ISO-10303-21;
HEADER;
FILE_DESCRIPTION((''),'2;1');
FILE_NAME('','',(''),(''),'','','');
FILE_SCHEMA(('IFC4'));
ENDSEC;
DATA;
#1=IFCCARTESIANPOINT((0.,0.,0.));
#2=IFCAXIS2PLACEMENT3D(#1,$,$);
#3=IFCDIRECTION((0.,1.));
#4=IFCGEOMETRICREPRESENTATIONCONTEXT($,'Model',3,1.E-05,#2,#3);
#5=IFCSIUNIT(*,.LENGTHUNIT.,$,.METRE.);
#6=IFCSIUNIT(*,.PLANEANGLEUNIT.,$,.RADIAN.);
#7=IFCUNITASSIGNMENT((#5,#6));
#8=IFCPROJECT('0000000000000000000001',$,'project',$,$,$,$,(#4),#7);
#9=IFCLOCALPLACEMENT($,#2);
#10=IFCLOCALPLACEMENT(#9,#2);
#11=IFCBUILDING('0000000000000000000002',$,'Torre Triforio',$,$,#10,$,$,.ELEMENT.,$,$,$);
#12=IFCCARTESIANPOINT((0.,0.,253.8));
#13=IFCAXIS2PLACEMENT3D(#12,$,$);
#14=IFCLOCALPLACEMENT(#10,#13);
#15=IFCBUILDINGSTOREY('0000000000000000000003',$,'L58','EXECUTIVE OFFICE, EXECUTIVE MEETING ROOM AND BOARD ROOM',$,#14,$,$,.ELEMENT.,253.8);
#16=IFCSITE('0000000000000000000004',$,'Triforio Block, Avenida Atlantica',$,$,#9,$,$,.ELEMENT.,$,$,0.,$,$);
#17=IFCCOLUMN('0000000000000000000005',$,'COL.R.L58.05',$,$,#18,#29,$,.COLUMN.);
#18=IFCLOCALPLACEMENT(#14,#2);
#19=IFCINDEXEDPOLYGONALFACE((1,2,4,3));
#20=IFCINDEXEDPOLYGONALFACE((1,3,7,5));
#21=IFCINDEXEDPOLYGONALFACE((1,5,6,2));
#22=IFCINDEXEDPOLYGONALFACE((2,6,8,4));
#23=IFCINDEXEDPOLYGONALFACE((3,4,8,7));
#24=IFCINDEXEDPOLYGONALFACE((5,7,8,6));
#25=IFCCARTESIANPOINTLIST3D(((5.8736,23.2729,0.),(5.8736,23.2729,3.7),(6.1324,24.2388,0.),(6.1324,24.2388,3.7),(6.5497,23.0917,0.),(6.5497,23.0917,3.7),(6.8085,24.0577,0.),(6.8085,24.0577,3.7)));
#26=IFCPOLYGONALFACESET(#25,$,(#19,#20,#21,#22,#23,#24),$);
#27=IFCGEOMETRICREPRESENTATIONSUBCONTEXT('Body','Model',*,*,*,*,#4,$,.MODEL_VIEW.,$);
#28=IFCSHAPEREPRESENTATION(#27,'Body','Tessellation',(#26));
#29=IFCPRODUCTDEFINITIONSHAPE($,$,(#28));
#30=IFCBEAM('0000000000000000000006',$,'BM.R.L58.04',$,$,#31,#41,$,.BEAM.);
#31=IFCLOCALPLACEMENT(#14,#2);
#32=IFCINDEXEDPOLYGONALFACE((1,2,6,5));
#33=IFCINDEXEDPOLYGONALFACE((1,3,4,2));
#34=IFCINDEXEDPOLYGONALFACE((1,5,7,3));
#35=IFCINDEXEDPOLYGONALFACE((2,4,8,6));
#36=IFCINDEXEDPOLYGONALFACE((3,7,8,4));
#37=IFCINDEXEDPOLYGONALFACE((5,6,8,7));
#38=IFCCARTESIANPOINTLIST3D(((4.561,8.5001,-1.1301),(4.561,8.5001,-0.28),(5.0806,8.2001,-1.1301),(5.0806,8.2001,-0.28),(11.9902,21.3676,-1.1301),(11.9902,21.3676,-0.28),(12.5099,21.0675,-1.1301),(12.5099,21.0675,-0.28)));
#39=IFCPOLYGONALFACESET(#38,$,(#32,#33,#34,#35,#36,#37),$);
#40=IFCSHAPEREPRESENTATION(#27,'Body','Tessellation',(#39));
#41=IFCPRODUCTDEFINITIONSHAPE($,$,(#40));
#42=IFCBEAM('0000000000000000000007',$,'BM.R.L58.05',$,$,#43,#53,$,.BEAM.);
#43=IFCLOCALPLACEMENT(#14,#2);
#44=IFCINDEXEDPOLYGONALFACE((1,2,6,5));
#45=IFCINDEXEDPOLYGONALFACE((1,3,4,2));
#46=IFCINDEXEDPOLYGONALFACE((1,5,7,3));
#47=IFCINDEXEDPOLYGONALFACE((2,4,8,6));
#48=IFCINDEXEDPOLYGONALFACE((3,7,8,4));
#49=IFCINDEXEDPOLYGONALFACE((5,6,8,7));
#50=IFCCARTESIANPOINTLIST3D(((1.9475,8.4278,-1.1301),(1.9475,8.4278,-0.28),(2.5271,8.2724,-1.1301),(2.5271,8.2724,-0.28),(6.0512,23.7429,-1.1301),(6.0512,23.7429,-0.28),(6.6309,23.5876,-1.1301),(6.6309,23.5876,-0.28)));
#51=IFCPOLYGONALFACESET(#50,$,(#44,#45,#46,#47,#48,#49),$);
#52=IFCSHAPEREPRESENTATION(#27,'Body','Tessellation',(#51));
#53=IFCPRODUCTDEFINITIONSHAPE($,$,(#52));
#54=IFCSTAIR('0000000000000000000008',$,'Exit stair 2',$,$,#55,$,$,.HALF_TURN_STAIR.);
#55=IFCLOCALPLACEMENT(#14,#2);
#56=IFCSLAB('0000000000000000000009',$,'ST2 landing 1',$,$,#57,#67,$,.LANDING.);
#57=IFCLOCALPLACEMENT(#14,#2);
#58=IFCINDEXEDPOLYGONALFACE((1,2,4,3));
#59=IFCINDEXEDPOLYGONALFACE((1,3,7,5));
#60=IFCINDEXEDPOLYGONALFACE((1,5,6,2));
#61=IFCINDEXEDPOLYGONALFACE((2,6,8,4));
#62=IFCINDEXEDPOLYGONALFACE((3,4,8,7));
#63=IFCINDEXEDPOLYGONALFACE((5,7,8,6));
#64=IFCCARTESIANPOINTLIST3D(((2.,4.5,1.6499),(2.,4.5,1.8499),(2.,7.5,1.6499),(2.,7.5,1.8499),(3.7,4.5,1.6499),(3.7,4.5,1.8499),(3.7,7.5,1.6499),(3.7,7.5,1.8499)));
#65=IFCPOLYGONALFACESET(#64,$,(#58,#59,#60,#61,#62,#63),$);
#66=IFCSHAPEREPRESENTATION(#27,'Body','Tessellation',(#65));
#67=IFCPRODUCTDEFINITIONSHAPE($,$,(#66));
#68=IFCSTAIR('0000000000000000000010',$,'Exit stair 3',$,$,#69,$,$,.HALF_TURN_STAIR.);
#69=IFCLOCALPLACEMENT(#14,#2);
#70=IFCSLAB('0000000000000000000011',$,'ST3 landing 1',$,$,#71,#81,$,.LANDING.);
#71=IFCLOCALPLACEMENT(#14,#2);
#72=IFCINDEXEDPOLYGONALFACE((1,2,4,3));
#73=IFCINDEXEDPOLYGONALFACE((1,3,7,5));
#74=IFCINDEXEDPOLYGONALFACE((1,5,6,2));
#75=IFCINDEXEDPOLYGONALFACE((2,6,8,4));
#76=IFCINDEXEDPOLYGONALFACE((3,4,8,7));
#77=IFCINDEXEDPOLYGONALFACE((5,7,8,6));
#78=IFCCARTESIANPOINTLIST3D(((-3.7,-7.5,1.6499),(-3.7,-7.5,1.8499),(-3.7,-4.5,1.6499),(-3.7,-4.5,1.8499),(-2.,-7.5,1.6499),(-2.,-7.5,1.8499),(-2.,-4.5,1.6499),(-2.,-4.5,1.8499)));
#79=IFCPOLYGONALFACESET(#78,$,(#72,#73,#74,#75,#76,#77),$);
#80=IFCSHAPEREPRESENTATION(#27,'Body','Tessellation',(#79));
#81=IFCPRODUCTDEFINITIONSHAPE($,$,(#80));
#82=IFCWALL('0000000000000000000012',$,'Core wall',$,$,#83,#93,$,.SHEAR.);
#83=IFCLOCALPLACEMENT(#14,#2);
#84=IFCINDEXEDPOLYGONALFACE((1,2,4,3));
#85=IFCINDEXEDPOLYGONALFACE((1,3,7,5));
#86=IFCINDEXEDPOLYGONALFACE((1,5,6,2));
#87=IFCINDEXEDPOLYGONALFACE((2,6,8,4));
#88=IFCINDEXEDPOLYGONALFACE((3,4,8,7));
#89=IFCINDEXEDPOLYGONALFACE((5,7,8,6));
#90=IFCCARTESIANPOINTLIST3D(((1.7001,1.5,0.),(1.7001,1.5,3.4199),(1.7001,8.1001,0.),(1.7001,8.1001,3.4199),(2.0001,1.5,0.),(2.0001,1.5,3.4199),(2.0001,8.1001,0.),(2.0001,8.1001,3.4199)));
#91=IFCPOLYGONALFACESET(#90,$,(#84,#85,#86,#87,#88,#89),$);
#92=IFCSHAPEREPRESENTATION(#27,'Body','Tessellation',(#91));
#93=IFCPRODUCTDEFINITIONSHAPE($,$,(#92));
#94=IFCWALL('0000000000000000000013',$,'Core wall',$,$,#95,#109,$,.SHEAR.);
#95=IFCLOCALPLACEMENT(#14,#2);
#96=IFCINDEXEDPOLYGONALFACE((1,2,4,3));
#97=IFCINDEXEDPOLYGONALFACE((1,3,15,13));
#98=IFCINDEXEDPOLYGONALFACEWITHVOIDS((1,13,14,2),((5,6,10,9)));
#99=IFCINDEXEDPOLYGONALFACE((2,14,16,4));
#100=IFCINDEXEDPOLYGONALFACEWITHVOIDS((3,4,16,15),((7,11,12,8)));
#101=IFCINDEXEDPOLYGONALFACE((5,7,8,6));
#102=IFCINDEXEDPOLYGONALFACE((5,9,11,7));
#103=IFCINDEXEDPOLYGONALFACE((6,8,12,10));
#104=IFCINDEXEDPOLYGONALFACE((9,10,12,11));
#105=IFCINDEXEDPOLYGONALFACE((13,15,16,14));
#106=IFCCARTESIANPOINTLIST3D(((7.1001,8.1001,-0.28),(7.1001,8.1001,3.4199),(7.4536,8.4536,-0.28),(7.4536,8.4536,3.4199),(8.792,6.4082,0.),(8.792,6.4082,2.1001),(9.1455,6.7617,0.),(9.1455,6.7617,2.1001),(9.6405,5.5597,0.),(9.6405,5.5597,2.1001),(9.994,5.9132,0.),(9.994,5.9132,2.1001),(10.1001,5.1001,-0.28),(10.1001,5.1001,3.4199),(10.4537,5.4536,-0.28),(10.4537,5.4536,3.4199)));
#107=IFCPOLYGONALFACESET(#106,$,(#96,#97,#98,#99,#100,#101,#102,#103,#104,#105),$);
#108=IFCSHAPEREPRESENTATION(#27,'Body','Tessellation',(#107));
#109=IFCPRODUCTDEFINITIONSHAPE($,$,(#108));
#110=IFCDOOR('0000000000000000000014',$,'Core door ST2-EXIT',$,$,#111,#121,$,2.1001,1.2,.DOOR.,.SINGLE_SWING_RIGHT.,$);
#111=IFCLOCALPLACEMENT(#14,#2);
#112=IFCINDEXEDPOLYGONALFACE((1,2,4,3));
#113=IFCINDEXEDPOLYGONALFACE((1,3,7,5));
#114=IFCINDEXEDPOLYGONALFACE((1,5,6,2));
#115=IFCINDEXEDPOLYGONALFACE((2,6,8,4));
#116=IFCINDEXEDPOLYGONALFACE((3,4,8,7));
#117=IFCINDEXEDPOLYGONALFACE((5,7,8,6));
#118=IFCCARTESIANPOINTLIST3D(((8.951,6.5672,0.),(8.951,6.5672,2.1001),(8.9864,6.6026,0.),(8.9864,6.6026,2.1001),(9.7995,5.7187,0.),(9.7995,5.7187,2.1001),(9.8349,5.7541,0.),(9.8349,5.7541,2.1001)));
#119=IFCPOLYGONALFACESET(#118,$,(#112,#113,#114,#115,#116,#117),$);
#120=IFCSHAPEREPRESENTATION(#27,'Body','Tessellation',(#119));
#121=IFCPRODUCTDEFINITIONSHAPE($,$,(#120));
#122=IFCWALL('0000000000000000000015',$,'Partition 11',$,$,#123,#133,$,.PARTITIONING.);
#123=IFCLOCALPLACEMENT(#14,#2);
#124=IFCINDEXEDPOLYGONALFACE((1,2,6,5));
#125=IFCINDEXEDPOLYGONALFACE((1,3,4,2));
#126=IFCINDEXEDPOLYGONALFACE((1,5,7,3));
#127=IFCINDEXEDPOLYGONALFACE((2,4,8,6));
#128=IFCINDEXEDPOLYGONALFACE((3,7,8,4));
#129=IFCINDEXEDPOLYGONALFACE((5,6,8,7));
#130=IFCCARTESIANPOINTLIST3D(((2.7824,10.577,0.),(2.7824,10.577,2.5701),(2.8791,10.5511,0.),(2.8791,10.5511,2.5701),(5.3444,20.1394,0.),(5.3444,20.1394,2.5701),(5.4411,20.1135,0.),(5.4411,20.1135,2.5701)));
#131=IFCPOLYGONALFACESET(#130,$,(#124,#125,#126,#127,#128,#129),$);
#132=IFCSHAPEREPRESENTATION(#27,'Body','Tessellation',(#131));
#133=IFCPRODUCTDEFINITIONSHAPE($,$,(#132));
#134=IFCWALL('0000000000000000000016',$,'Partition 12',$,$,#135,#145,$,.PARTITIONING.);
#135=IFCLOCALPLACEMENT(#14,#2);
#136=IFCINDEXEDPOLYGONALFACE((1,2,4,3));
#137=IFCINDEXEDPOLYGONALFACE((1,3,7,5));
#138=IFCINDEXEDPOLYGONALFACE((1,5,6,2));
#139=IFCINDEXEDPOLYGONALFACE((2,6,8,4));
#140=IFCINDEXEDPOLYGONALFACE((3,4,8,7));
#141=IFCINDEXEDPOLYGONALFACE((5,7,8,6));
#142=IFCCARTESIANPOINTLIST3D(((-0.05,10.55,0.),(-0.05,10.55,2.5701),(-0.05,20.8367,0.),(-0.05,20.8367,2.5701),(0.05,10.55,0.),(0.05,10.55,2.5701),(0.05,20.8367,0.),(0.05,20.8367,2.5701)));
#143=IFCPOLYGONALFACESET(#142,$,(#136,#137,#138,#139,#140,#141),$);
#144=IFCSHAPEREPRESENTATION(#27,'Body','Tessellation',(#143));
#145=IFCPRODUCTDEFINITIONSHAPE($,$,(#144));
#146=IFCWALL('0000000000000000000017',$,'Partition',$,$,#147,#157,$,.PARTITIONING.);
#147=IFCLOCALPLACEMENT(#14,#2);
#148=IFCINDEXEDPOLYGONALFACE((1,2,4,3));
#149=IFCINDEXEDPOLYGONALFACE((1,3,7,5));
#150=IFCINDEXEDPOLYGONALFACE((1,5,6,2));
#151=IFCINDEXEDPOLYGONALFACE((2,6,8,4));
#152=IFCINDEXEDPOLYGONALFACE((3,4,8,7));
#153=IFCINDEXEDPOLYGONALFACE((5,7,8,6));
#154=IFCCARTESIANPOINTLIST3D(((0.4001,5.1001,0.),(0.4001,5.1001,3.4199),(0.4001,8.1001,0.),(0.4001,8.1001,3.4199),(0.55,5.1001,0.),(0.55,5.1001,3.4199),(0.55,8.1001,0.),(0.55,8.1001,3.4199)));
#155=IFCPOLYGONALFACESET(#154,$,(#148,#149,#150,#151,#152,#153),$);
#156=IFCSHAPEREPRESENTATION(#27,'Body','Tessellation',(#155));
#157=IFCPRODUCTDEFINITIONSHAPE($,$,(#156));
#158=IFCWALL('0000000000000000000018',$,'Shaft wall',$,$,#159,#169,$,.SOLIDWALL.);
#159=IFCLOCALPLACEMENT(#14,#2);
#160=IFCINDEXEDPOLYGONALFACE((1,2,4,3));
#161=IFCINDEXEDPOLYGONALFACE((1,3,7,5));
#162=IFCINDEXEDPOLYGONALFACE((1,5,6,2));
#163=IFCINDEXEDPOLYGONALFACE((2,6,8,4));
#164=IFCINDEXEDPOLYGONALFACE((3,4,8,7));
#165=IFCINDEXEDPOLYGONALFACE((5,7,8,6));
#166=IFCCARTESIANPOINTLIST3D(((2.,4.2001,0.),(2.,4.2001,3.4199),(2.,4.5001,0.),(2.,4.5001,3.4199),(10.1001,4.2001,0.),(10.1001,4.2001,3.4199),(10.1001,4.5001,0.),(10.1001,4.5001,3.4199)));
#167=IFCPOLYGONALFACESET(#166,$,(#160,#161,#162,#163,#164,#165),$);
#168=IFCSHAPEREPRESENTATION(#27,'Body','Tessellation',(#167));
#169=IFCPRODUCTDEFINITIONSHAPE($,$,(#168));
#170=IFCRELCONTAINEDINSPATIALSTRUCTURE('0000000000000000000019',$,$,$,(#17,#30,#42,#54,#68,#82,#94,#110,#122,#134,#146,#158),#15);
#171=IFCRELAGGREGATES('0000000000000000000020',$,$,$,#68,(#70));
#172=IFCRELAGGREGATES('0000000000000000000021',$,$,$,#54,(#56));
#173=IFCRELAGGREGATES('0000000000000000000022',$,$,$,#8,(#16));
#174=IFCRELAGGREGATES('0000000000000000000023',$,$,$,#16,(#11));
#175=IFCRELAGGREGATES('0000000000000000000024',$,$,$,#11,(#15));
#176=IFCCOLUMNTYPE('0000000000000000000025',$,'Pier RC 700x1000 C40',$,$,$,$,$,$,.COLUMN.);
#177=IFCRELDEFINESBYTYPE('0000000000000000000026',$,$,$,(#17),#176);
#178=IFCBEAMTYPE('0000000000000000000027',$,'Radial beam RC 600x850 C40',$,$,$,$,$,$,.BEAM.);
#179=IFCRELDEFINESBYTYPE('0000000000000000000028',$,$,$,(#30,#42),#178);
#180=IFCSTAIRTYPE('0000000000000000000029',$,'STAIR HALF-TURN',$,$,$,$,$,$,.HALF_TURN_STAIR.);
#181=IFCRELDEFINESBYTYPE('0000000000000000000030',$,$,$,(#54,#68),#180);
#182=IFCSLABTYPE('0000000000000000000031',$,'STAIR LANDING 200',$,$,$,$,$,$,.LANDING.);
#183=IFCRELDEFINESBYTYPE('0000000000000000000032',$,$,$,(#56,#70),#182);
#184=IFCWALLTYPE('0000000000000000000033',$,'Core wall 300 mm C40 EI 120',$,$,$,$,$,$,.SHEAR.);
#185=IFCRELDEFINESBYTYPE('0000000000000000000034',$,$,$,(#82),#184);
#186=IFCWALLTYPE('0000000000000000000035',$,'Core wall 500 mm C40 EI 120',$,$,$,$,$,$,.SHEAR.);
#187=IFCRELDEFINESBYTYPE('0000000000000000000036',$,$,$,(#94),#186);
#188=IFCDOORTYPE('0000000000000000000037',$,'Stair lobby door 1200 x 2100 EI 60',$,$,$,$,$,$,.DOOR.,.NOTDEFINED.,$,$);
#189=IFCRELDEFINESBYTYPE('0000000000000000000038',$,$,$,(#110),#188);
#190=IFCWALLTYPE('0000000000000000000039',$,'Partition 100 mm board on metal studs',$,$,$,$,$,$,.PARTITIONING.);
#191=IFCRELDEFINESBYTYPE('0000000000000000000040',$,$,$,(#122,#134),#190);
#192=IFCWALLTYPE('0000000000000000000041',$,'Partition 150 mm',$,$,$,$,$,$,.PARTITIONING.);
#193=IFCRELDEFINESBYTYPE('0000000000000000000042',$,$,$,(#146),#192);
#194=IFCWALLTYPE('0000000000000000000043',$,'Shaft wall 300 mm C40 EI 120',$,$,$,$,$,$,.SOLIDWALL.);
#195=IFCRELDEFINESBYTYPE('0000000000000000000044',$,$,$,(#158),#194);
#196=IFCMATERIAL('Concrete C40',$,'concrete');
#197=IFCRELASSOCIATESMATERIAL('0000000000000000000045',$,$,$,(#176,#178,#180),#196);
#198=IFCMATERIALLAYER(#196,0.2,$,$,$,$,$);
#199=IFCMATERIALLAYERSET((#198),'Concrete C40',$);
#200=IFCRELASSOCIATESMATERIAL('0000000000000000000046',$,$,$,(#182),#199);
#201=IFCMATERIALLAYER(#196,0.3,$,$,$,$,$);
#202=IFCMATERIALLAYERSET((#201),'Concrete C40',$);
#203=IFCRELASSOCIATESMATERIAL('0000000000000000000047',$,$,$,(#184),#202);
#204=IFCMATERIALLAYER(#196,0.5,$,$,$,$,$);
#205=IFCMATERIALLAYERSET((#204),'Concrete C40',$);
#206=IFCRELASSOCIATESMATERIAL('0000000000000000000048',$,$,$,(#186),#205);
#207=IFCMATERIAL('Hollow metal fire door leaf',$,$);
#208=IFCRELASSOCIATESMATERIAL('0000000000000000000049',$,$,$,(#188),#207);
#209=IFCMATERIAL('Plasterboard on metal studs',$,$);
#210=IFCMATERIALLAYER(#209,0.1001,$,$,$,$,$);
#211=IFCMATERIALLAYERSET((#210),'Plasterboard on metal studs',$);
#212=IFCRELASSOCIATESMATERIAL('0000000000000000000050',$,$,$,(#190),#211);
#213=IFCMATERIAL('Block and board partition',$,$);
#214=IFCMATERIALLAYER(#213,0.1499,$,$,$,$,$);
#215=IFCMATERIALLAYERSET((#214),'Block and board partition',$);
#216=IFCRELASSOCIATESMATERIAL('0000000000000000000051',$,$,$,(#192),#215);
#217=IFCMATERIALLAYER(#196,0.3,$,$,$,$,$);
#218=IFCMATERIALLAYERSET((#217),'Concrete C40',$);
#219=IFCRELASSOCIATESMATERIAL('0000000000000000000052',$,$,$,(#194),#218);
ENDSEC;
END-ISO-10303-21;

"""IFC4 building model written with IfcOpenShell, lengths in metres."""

from ifc_helpers import new_model, si_unit, direction, frame, frame_2d, origin, origin_2d, place, context, subcontext, project, spatial, polyline, rectangle, outline, extrude, material, layer, layer_set, material_profile, profile_set, type_object, element, fill, aggregate, save


model = new_model("IFC4")

# Units and contexts
model_context = context("Model", 3, precision=1e-05, world=origin(), true_north=direction((0.0, 1.0)))
body_context = subcontext(model_context, "Body", "Model", "MODEL_VIEW")
ifc_project = project(units=[si_unit("LENGTHUNIT", "METRE"), si_unit("PLANEANGLEUNIT", "RADIAN")], contexts=[model_context])

# Site, building, storey
site_placement = place(None, origin())
site = spatial("IfcSite", under=ifc_project, at=site_placement, Name="Triforio Block, Avenida Atlantica", CompositionType="ELEMENT", RefElevation=0.0)
building_placement = place(site_placement, origin())
building = spatial("IfcBuilding", under=site, at=building_placement, Name="Torre Triforio", CompositionType="ELEMENT")
storey_placement = place(building_placement, frame((0.0, 0.0, 253.8)))
storey = spatial("IfcBuildingStorey", under=building, at=storey_placement, Name="L58", Description="EXECUTIVE OFFICE, EXECUTIVE MEETING ROOM AND BOARD ROOM", CompositionType="ELEMENT", Elevation=253.8)

# Column
ifc_material_1 = material(Name="Concrete C40", Category="concrete")
ifc_material_profile_1 = material_profile(ifc_material_1, rectangle(XDim=0.7, YDim=1.0, at=origin_2d()), Name="RC 700x1000")
ifc_profile_set_1 = profile_set([ifc_material_profile_1], Name="Concrete C40")
column_type = type_object("IfcColumnType", Name="Pier RC 700x1000 C40", PredefinedType="COLUMN", material=ifc_profile_set_1)
column_placement = place(storey_placement, frame((6.3411, 23.6653, 0.0), z_axis=(0.0, 0.0, 1.0), x_axis=(-0.965926, 0.258819, 0.0)))
element("IfcColumn", 1, at=column_placement, inside=storey, type_object=column_type, Name="COL.R.L58.05", PredefinedType="COLUMN", context=body_context, shape_type="SweptSolid", body=[
    extrude(rectangle(XDim=0.7, YDim=1.0, at=origin_2d()), origin(), (0.0, 0.0, 1.0), 3.7),
])

# Beams
ifc_material_profile_2 = material_profile(ifc_material_1, rectangle(XDim=0.6001, YDim=0.8501, at=origin_2d()), Name="RC 600x850")
ifc_profile_set_2 = profile_set([ifc_material_profile_2], Name="Concrete C40")
beam_type = type_object("IfcBeamType", Name="Radial beam RC 600x850 C40", PredefinedType="BEAM", material=ifc_profile_set_2)
beam_1_placement = place(storey_placement, frame((4.8208, 8.3501, -0.7051), z_axis=(0.500009, 0.86602, 0.0), x_axis=(-0.86602, 0.500009, 0.0)))
element("IfcBeam", 2, at=beam_1_placement, inside=storey, type_object=beam_type, Name="BM.R.L58.04", PredefinedType="BEAM", context=body_context, shape_type="SweptSolid", body=[
    extrude(rectangle(XDim=0.6001, YDim=0.8501, at=origin_2d()), origin(), (0.0, 0.0, 1.0), 14.8582),
])
beam_2_placement = place(storey_placement, frame((2.2373, 8.3501, -0.7051), z_axis=(0.258823, 0.965925, 0.0), x_axis=(-0.965925, 0.258823, 0.0)))
element("IfcBeam", 3, at=beam_2_placement, inside=storey, type_object=beam_type, Name="BM.R.L58.05", PredefinedType="BEAM", context=body_context, shape_type="SweptSolid", body=[
    extrude(rectangle(XDim=0.6001, YDim=0.8501, at=origin_2d()), origin(), (0.0, 0.0, 1.0), 15.8555),
])

# Stairs, slabs
stair_type = type_object("IfcStairType", Name="STAIR HALF-TURN", PredefinedType="HALF_TURN_STAIR", material=ifc_material_1)
stair_1_placement = place(storey_placement, origin())
stair_1 = element("IfcStair", 4, at=stair_1_placement, inside=storey, type_object=stair_type, Name="Exit stair 2", PredefinedType="HALF_TURN_STAIR")
ifc_layer_1 = layer(ifc_material_1, 0.2)
ifc_layer_set_1 = layer_set([ifc_layer_1], Name="Concrete C40")
slab_type = type_object("IfcSlabType", Name="STAIR LANDING 200", PredefinedType="LANDING", material=ifc_layer_set_1)
slab_1_placement = place(storey_placement, frame((0.0, 0.0, 1.6499)))
slab_1 = element("IfcSlab", 5, at=slab_1_placement, type_object=slab_type, Name="ST2 landing 1", PredefinedType="LANDING", context=body_context, shape_type="SweptSolid", body=[
    extrude(outline(polyline([(3.7, 4.5), (3.7, 7.5), (2.0, 7.5), (2.0, 4.5), (3.7, 4.5)])), origin(), (0.0, 0.0, 1.0), 0.2),
])
stair_2_placement = place(storey_placement, origin())
stair_2 = element("IfcStair", 6, at=stair_2_placement, inside=storey, type_object=stair_type, Name="Exit stair 3", PredefinedType="HALF_TURN_STAIR")
slab_2_placement = place(storey_placement, frame((0.0, 0.0, 1.6499)))
slab_2 = element("IfcSlab", 7, at=slab_2_placement, type_object=slab_type, Name="ST3 landing 1", PredefinedType="LANDING", context=body_context, shape_type="SweptSolid", body=[
    extrude(outline(polyline([(-2.0, -7.5), (-2.0, -4.5), (-3.7, -4.5), (-3.7, -7.5), (-2.0, -7.5)])), origin(), (0.0, 0.0, 1.0), 0.2),
])
aggregate(stair_2, [slab_2])

# Wall
ifc_layer_2 = layer(ifc_material_1, 0.3)
ifc_layer_set_2 = layer_set([ifc_layer_2], Name="Concrete C40")
wall_type_1 = type_object("IfcWallType", Name="Core wall 300 mm C40 EI 120", PredefinedType="SHEAR", material=ifc_layer_set_2)
wall_1_placement = place(storey_placement, frame((1.8501, 1.5, 0.0), z_axis=(0.0, 0.0, 1.0), x_axis=(0.0, 1.0, 0.0)))
element("IfcWall", 8, at=wall_1_placement, inside=storey, type_object=wall_type_1, Name="Core wall", PredefinedType="SHEAR", context=body_context, shape_type="SweptSolid", body=[
    extrude(rectangle(XDim=6.6001, YDim=0.3, at=frame_2d((3.3, 0.0))), origin(), (0.0, 0.0, 1.0), 3.4199),
])

# Wall, opening, door
ifc_layer_3 = layer(ifc_material_1, 0.5)
ifc_layer_set_3 = layer_set([ifc_layer_3], Name="Concrete C40")
wall_type_2 = type_object("IfcWallType", Name="Core wall 500 mm C40 EI 120", PredefinedType="SHEAR", material=ifc_layer_set_3)
wall_2_placement = place(storey_placement, frame((7.2769, 8.2769, -0.28), z_axis=(0.0, 0.0, 1.0), x_axis=(0.707107, -0.707107, 0.0)))
wall_2 = element("IfcWall", 9, at=wall_2_placement, inside=storey, type_object=wall_type_2, Name="Core wall", PredefinedType="SHEAR", context=body_context, shape_type="SweptSolid", body=[
    extrude(rectangle(XDim=4.2427, YDim=0.5, at=frame_2d((2.1213, 0.0))), origin(), (0.0, 0.0, 1.0), 3.7),
])
opening_1_placement = place(wall_2_placement, frame((2.3926, 0.0, 0.28)))
opening_1 = element("IfcOpeningElement", 10, at=opening_1_placement, cuts=wall_2, PredefinedType="OPENING", context=body_context, shape_type="SweptSolid", body=[
    extrude(rectangle(XDim=1.2, YDim=2.1001, at=frame_2d((0.6001, 1.05))), frame((0.0, 0.26, 0.0), z_axis=(0.0, -1.0, 0.0), x_axis=(1.0, 0.0, 0.0)), (0.0, 0.0, 1.0), 0.52),
])
ifc_material_2 = material(Name="Hollow metal fire door leaf")
door_type_1 = type_object("IfcDoorType", Name="Stair lobby door 1200 x 2100 EI 60", OperationType="NOTDEFINED", PredefinedType="DOOR", material=ifc_material_2)
door_1_placement = place(opening_1_placement, origin())
door_1 = element("IfcDoor", 11, at=door_1_placement, inside=storey, type_object=door_type_1, Name="Core door ST2-EXIT", OperationType="SINGLE_SWING_RIGHT", OverallHeight=2.1001, OverallWidth=1.2, PredefinedType="DOOR", context=body_context, shape_type="SweptSolid", body=[
    extrude(rectangle(XDim=1.2, YDim=2.1001, at=frame_2d((0.6001, 1.05))), frame((0.0, 0.0249, 0.0), z_axis=(0.0, -1.0, 0.0), x_axis=(1.0, 0.0, 0.0)), (0.0, 0.0, 1.0), 0.05),
])
fill(opening_1, door_1)

# Walls
ifc_material_3 = material(Name="Plasterboard on metal studs")
ifc_layer_4 = layer(ifc_material_3, 0.1001)
ifc_layer_set_4 = layer_set([ifc_layer_4], Name="Plasterboard on metal studs")
wall_type_3 = type_object("IfcWallType", Name="Partition 100 mm board on metal studs", PredefinedType="PARTITIONING", material=ifc_layer_set_4)
wall_3_placement = place(storey_placement, frame((2.8308, 10.5642, 0.0), z_axis=(0.0, 0.0, 1.0), x_axis=(0.258795, 0.965932, 0.0)))
element("IfcWall", 12, at=wall_3_placement, inside=storey, type_object=wall_type_3, Name="Partition 11", PredefinedType="PARTITIONING", context=body_context, shape_type="SweptSolid", body=[
    extrude(rectangle(XDim=9.8997, YDim=0.1001, at=frame_2d((4.9497, 0.0))), origin(), (0.0, 0.0, 1.0), 2.5701),
])
wall_4_placement = place(storey_placement, frame((0.0, 10.55, 0.0), z_axis=(0.0, 0.0, 1.0), x_axis=(0.0, 1.0, 0.0)))
element("IfcWall", 13, at=wall_4_placement, inside=storey, type_object=wall_type_3, Name="Partition 12", PredefinedType="PARTITIONING", context=body_context, shape_type="SweptSolid", body=[
    extrude(rectangle(XDim=10.2866, YDim=0.1001, at=frame_2d((5.1433, 0.0))), origin(), (0.0, 0.0, 1.0), 2.5701),
])
ifc_material_4 = material(Name="Block and board partition")
ifc_layer_5 = layer(ifc_material_4, 0.1499)
ifc_layer_set_5 = layer_set([ifc_layer_5], Name="Block and board partition")
wall_type_4 = type_object("IfcWallType", Name="Partition 150 mm", PredefinedType="PARTITIONING", material=ifc_layer_set_5)
wall_5_placement = place(storey_placement, frame((0.4751, 5.1001, 0.0), z_axis=(0.0, 0.0, 1.0), x_axis=(0.0, 1.0, 0.0)))
element("IfcWall", 14, at=wall_5_placement, inside=storey, type_object=wall_type_4, Name="Partition", PredefinedType="PARTITIONING", context=body_context, shape_type="SweptSolid", body=[
    extrude(rectangle(XDim=3.0, YDim=0.1499, at=frame_2d((1.5, 0.0))), origin(), (0.0, 0.0, 1.0), 3.4199),
])
ifc_layer_6 = layer(ifc_material_1, 0.3)
ifc_layer_set_6 = layer_set([ifc_layer_6], Name="Concrete C40")
wall_type_5 = type_object("IfcWallType", Name="Shaft wall 300 mm C40 EI 120", PredefinedType="SOLIDWALL", material=ifc_layer_set_6)
wall_6_placement = place(storey_placement, frame((2.0, 4.3501, 0.0), z_axis=(0.0, 0.0, 1.0), x_axis=(1.0, 0.0, 0.0)))
element("IfcWall", 15, at=wall_6_placement, inside=storey, type_object=wall_type_5, Name="Shaft wall", PredefinedType="SOLIDWALL", context=body_context, shape_type="SweptSolid", body=[
    extrude(rectangle(XDim=8.1001, YDim=0.3, at=frame_2d((4.05, 0.0))), origin(), (0.0, 0.0, 1.0), 3.4199),
])

aggregate(stair_1, [slab_1])

save(model, "model.ifc")
